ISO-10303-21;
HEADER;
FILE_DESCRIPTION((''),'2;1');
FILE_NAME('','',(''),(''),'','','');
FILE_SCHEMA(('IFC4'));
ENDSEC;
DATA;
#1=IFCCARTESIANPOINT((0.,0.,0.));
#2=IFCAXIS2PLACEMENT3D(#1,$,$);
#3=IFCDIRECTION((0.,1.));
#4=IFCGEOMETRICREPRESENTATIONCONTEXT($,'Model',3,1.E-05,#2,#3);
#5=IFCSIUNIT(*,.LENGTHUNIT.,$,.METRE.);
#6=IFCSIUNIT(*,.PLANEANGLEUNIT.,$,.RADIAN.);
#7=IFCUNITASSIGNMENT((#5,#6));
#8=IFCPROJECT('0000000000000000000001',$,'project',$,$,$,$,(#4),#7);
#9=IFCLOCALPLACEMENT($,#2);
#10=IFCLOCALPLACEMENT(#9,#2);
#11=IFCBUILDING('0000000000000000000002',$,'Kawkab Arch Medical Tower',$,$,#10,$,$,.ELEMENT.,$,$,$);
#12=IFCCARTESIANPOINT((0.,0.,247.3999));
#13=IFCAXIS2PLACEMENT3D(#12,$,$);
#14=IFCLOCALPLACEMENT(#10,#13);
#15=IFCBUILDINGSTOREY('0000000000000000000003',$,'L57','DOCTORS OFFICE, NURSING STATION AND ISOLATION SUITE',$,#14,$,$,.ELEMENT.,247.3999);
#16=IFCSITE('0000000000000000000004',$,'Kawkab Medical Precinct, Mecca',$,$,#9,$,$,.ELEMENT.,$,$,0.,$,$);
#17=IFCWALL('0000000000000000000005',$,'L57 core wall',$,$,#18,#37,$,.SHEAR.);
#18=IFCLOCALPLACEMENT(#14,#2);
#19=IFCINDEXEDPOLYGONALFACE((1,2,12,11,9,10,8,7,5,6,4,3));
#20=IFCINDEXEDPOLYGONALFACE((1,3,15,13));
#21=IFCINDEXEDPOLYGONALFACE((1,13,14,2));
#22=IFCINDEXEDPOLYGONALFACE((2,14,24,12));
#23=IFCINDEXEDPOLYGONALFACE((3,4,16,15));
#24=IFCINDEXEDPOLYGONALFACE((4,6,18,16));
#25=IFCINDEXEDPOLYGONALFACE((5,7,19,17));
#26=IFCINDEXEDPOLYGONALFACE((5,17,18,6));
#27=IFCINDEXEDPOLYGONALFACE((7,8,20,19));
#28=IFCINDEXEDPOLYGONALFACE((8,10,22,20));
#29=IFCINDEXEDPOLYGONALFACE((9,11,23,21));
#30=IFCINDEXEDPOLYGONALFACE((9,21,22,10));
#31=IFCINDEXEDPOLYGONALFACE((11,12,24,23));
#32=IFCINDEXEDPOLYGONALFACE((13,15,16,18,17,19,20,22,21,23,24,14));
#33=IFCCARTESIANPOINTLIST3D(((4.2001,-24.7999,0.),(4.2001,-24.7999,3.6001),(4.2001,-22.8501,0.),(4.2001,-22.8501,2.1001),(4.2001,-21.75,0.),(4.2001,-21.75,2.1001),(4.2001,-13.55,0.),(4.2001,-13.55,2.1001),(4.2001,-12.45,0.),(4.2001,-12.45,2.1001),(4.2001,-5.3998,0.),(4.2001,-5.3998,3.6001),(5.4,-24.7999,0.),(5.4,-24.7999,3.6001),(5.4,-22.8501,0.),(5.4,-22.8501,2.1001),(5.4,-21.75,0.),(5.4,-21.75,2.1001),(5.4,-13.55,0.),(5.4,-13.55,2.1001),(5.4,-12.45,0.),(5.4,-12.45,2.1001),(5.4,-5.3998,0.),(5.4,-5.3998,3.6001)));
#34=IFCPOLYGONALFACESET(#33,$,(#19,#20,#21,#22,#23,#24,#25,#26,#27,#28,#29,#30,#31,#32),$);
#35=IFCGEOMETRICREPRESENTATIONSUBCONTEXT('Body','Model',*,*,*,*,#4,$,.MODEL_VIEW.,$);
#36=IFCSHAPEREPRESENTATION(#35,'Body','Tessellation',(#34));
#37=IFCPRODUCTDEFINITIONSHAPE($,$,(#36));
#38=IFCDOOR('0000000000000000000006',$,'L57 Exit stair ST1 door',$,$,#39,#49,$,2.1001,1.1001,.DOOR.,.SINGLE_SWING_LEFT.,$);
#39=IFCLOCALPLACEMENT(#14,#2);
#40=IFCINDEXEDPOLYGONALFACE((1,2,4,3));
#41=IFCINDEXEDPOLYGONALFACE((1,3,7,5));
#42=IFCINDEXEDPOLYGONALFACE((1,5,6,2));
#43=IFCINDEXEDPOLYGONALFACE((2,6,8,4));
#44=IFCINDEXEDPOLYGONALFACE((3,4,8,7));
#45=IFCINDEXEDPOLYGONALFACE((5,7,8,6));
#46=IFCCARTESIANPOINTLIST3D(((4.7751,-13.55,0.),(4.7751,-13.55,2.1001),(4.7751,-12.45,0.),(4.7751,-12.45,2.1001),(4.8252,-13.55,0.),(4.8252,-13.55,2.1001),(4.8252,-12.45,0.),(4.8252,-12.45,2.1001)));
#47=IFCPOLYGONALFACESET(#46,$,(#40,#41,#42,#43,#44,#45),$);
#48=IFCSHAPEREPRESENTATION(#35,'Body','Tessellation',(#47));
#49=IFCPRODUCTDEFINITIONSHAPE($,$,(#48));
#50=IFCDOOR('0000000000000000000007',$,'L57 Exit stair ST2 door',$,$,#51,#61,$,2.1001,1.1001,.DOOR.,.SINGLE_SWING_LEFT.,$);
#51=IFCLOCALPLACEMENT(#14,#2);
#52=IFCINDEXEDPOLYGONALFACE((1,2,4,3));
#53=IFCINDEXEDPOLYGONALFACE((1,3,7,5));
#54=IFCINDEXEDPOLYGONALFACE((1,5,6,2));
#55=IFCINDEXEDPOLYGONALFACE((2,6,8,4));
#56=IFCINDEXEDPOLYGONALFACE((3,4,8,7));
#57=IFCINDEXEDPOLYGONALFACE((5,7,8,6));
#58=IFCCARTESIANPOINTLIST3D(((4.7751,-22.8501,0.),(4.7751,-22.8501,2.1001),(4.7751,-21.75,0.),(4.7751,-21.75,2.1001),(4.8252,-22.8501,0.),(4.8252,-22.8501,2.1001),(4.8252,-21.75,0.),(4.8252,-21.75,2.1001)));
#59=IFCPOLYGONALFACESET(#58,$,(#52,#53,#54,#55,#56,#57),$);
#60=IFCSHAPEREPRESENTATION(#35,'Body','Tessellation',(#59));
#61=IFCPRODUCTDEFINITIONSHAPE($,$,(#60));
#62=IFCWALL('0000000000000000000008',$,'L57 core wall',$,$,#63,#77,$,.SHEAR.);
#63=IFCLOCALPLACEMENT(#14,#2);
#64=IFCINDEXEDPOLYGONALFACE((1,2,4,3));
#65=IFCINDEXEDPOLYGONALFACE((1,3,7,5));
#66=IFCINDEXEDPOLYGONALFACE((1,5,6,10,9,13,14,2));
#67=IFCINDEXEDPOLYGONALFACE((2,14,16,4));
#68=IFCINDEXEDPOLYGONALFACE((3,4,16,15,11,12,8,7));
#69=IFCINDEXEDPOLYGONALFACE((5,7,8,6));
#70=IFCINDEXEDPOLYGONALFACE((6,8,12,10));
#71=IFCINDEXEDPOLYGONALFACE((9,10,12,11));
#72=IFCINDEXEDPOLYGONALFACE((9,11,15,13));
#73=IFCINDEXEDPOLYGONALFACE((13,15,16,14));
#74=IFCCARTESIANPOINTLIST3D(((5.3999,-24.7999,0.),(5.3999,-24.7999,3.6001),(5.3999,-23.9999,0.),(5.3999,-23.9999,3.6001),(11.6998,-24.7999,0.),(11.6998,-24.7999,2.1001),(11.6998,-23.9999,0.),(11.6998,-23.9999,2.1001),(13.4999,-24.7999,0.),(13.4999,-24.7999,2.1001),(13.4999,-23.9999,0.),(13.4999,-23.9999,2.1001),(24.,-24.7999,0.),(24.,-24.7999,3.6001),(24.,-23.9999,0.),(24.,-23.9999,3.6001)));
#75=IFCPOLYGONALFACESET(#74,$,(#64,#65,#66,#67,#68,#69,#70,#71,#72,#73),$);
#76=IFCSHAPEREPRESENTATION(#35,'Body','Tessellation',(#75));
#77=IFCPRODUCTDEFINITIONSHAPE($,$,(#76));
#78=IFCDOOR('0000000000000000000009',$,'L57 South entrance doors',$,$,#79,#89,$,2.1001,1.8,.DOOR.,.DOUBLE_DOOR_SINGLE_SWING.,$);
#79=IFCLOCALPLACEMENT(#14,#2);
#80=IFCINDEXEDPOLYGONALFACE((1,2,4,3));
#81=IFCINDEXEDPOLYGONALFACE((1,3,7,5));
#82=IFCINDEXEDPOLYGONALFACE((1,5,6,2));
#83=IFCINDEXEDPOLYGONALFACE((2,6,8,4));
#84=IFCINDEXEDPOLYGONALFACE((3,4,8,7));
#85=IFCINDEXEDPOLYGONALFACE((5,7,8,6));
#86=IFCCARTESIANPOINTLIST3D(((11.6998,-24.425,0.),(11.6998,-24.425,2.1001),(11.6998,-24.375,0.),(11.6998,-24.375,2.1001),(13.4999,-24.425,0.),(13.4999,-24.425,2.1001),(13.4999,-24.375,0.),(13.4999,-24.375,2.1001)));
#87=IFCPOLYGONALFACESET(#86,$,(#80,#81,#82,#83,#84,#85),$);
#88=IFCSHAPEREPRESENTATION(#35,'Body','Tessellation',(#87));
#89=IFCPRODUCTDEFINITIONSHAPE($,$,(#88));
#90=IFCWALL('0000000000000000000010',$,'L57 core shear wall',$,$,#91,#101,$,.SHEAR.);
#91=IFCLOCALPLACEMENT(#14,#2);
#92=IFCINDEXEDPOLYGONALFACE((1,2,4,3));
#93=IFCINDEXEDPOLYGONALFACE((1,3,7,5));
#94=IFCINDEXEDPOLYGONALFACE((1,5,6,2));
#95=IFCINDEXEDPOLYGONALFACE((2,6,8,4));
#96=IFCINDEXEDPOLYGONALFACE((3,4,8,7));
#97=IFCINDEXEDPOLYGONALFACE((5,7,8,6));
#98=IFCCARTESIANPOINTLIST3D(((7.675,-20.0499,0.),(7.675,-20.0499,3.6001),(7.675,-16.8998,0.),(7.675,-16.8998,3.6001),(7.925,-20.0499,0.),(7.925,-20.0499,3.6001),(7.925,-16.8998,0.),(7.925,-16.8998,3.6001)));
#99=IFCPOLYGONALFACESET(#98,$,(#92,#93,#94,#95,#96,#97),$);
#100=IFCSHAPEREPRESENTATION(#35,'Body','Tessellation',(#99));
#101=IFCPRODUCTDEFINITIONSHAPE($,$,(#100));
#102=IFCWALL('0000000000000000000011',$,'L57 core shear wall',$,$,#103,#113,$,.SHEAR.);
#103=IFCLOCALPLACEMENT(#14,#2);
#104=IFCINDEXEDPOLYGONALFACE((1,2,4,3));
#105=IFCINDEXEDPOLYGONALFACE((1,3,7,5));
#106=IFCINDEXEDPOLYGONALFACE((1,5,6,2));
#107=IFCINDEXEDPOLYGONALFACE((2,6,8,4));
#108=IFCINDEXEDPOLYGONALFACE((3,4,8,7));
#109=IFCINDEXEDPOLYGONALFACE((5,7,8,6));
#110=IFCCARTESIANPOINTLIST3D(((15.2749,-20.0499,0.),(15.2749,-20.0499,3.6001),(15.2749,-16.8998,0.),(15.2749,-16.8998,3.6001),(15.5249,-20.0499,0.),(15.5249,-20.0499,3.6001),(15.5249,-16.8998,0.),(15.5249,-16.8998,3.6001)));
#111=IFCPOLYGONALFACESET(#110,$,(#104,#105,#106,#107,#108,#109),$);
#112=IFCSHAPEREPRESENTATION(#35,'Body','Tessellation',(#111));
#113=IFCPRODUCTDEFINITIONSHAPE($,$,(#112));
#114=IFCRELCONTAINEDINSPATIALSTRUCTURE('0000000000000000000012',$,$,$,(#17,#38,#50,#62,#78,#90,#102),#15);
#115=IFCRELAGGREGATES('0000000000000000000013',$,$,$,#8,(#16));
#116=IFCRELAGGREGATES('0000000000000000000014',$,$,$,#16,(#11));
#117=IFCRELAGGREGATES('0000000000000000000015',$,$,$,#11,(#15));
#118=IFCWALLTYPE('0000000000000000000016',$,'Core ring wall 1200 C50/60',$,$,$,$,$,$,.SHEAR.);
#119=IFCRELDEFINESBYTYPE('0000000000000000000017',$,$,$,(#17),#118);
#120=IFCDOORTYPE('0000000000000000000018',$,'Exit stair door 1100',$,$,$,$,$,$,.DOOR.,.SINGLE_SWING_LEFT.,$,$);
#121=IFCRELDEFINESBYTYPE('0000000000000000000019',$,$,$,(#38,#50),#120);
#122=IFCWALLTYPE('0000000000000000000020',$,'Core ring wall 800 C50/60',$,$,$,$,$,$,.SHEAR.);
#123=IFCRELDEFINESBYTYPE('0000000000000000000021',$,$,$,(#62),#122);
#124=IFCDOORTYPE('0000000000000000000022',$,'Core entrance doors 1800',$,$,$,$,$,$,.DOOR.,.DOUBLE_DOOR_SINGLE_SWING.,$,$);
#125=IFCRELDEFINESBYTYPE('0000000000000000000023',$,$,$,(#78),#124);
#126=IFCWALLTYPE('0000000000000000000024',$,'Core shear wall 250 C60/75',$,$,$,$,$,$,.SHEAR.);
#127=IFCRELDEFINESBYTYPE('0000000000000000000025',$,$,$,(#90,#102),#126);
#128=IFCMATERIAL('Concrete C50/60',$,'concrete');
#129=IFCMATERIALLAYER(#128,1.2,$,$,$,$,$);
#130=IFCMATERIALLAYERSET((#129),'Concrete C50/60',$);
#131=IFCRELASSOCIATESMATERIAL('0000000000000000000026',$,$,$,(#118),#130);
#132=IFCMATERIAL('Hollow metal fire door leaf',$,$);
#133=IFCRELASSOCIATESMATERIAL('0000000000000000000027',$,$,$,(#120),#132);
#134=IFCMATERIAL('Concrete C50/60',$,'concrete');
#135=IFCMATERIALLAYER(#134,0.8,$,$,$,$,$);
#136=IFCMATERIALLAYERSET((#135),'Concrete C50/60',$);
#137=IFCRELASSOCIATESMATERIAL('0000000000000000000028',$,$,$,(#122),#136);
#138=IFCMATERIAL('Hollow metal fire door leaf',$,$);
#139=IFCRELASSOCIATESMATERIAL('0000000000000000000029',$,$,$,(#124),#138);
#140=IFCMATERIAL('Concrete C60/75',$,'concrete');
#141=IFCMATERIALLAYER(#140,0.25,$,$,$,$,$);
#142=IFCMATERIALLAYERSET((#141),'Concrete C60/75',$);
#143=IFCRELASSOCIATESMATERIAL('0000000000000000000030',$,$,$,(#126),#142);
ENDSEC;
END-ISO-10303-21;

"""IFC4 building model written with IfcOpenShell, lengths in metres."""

from ifc_helpers import new_model, si_unit, direction, frame, frame_2d, origin, place, context, subcontext, project, spatial, rectangle, extrude, material, layer, layer_set, type_object, element, fill, save


model = new_model("IFC4")

# Units and contexts
model_context = context("Model", 3, precision=1e-05, world=origin(), true_north=direction((0.0, 1.0)))
body_context = subcontext(model_context, "Body", "Model", "MODEL_VIEW")
ifc_project = project(units=[si_unit("LENGTHUNIT", "METRE"), si_unit("PLANEANGLEUNIT", "RADIAN")], contexts=[model_context])

# Site, building, storey
site_placement = place(None, origin())
site = spatial("IfcSite", under=ifc_project, at=site_placement, Name="Kawkab Medical Precinct, Mecca", CompositionType="ELEMENT", RefElevation=0.0)
building_placement = place(site_placement, origin())
building = spatial("IfcBuilding", under=site, at=building_placement, Name="Kawkab Arch Medical Tower", CompositionType="ELEMENT")
storey_placement = place(building_placement, frame((0.0, 0.0, 247.3999)))
storey = spatial("IfcBuildingStorey", under=building, at=storey_placement, Name="L57", Description="DOCTORS OFFICE, NURSING STATION AND ISOLATION SUITE", CompositionType="ELEMENT", Elevation=247.3999)

# Wall, openings, doors
ifc_material_1 = material(Name="Concrete C50/60", Category="concrete")
ifc_layer_1 = layer(ifc_material_1, 1.2)
ifc_layer_set_1 = layer_set([ifc_layer_1], Name="Concrete C50/60")
wall_type_1 = type_object("IfcWallType", Name="Core ring wall 1200 C50/60", PredefinedType="SHEAR", material=ifc_layer_set_1)
wall_1_placement = place(storey_placement, frame((4.8, -24.8, 0.0), z_axis=(0.0, 0.0, 1.0), x_axis=(0.0, 1.0, 0.0)))
wall_1 = element("IfcWall", 1, at=wall_1_placement, inside=storey, type_object=wall_type_1, Name="L57 core wall", PredefinedType="SHEAR", context=body_context, shape_type="SweptSolid", body=[
    extrude(rectangle(XDim=19.4001, YDim=1.2, at=frame_2d((9.7002, 0.0))), origin(), (0.0, 0.0, 1.0), 3.6001),
])
opening_1_placement = place(wall_1_placement, frame((11.25, 0.0, 0.0)))
opening_1 = element("IfcOpeningElement", 2, at=opening_1_placement, cuts=wall_1, PredefinedType="OPENING", context=body_context, shape_type="SweptSolid", body=[
    extrude(rectangle(XDim=1.1001, YDim=2.1001, at=frame_2d((0.55, 1.05))), frame((0.0, 0.6099, 0.0), z_axis=(0.0, -1.0, 0.0), x_axis=(1.0, 0.0, 0.0)), (0.0, 0.0, 1.0), 1.22),
])
opening_2_placement = place(wall_1_placement, frame((1.95, 0.0, 0.0)))
opening_2 = element("IfcOpeningElement", 3, at=opening_2_placement, cuts=wall_1, PredefinedType="OPENING", context=body_context, shape_type="SweptSolid", body=[
    extrude(rectangle(XDim=1.1001, YDim=2.1001, at=frame_2d((0.55, 1.05))), frame((0.0, 0.6099, 0.0), z_axis=(0.0, -1.0, 0.0), x_axis=(1.0, 0.0, 0.0)), (0.0, 0.0, 1.0), 1.22),
])
ifc_material_2 = material(Name="Hollow metal fire door leaf")
door_type_1 = type_object("IfcDoorType", Name="Exit stair door 1100", OperationType="SINGLE_SWING_LEFT", PredefinedType="DOOR", material=ifc_material_2)
door_1_placement = place(opening_1_placement, origin())
door_1 = element("IfcDoor", 4, at=door_1_placement, inside=storey, type_object=door_type_1, Name="L57 Exit stair ST1 door", OperationType="SINGLE_SWING_LEFT", OverallHeight=2.1001, OverallWidth=1.1001, PredefinedType="DOOR", context=body_context, shape_type="SweptSolid", body=[
    extrude(rectangle(XDim=1.1001, YDim=2.1001, at=frame_2d((0.55, 1.05))), frame((0.0, 0.0249, 0.0), z_axis=(0.0, -1.0, 0.0), x_axis=(1.0, 0.0, 0.0)), (0.0, 0.0, 1.0), 0.05),
])
fill(opening_1, door_1)
door_2_placement = place(opening_2_placement, origin())
door_2 = element("IfcDoor", 5, at=door_2_placement, inside=storey, type_object=door_type_1, Name="L57 Exit stair ST2 door", OperationType="SINGLE_SWING_LEFT", OverallHeight=2.1001, OverallWidth=1.1001, PredefinedType="DOOR", context=body_context, shape_type="SweptSolid", body=[
    extrude(rectangle(XDim=1.1001, YDim=2.1001, at=frame_2d((0.55, 1.05))), frame((0.0, 0.0249, 0.0), z_axis=(0.0, -1.0, 0.0), x_axis=(1.0, 0.0, 0.0)), (0.0, 0.0, 1.0), 0.05),
])
fill(opening_2, door_2)

# Wall, opening, door
ifc_material_3 = material(Name="Concrete C50/60", Category="concrete")
ifc_layer_2 = layer(ifc_material_3, 0.8)
ifc_layer_set_2 = layer_set([ifc_layer_2], Name="Concrete C50/60")
wall_type_2 = type_object("IfcWallType", Name="Core ring wall 800 C50/60", PredefinedType="SHEAR", material=ifc_layer_set_2)
wall_2_placement = place(storey_placement, frame((5.3999, -24.3999, 0.0), z_axis=(0.0, 0.0, 1.0), x_axis=(1.0, 0.0, 0.0)))
wall_2 = element("IfcWall", 6, at=wall_2_placement, inside=storey, type_object=wall_type_2, Name="L57 core wall", PredefinedType="SHEAR", context=body_context, shape_type="SweptSolid", body=[
    extrude(rectangle(XDim=18.6001, YDim=0.8, at=frame_2d((9.3, 0.0))), origin(), (0.0, 0.0, 1.0), 3.6001),
])
opening_3_placement = place(wall_2_placement, frame((6.3, 0.0, 0.0)))
opening_3 = element("IfcOpeningElement", 7, at=opening_3_placement, cuts=wall_2, PredefinedType="OPENING", context=body_context, shape_type="SweptSolid", body=[
    extrude(rectangle(XDim=1.8, YDim=2.1001, at=frame_2d((0.8999, 1.05))), frame((0.0, 0.4099, 0.0), z_axis=(0.0, -1.0, 0.0), x_axis=(1.0, 0.0, 0.0)), (0.0, 0.0, 1.0), 0.8201),
])
ifc_material_4 = material(Name="Hollow metal fire door leaf")
door_type_2 = type_object("IfcDoorType", Name="Core entrance doors 1800", OperationType="DOUBLE_DOOR_SINGLE_SWING", PredefinedType="DOOR", material=ifc_material_4)
door_3_placement = place(opening_3_placement, origin())
door_3 = element("IfcDoor", 8, at=door_3_placement, inside=storey, type_object=door_type_2, Name="L57 South entrance doors", OperationType="DOUBLE_DOOR_SINGLE_SWING", OverallHeight=2.1001, OverallWidth=1.8, PredefinedType="DOOR", context=body_context, shape_type="SweptSolid", body=[
    extrude(rectangle(XDim=1.8, YDim=2.1001, at=frame_2d((0.8999, 1.05))), frame((0.0, 0.0249, 0.0), z_axis=(0.0, -1.0, 0.0), x_axis=(1.0, 0.0, 0.0)), (0.0, 0.0, 1.0), 0.05),
])
fill(opening_3, door_3)

# Walls
ifc_material_5 = material(Name="Concrete C60/75", Category="concrete")
ifc_layer_3 = layer(ifc_material_5, 0.25)
ifc_layer_set_3 = layer_set([ifc_layer_3], Name="Concrete C60/75")
wall_type_3 = type_object("IfcWallType", Name="Core shear wall 250 C60/75", PredefinedType="SHEAR", material=ifc_layer_set_3)
for number, where, z_axis, x_axis, name in (
    (9, (7.8, -20.05, 0.0), (0.0, 0.0, 1.0), (0.0, 1.0, 0.0), "L57 core shear wall"),
    (10, (15.3999, -20.05, 0.0), (0.0, 0.0, 1.0), (0.0, 1.0, 0.0), "L57 core shear wall"),
):
    element("IfcWall", number, at=place(storey_placement, frame(where, z_axis=z_axis, x_axis=x_axis)), inside=storey, type_object=wall_type_3, Name=name, PredefinedType="SHEAR", context=body_context, shape_type="SweptSolid", body=[
        extrude(rectangle(XDim=3.1501, YDim=0.25, at=frame_2d((1.5752, 0.0))), origin(), (0.0, 0.0, 1.0), 3.6001),
    ])

save(model, "model.ifc")
